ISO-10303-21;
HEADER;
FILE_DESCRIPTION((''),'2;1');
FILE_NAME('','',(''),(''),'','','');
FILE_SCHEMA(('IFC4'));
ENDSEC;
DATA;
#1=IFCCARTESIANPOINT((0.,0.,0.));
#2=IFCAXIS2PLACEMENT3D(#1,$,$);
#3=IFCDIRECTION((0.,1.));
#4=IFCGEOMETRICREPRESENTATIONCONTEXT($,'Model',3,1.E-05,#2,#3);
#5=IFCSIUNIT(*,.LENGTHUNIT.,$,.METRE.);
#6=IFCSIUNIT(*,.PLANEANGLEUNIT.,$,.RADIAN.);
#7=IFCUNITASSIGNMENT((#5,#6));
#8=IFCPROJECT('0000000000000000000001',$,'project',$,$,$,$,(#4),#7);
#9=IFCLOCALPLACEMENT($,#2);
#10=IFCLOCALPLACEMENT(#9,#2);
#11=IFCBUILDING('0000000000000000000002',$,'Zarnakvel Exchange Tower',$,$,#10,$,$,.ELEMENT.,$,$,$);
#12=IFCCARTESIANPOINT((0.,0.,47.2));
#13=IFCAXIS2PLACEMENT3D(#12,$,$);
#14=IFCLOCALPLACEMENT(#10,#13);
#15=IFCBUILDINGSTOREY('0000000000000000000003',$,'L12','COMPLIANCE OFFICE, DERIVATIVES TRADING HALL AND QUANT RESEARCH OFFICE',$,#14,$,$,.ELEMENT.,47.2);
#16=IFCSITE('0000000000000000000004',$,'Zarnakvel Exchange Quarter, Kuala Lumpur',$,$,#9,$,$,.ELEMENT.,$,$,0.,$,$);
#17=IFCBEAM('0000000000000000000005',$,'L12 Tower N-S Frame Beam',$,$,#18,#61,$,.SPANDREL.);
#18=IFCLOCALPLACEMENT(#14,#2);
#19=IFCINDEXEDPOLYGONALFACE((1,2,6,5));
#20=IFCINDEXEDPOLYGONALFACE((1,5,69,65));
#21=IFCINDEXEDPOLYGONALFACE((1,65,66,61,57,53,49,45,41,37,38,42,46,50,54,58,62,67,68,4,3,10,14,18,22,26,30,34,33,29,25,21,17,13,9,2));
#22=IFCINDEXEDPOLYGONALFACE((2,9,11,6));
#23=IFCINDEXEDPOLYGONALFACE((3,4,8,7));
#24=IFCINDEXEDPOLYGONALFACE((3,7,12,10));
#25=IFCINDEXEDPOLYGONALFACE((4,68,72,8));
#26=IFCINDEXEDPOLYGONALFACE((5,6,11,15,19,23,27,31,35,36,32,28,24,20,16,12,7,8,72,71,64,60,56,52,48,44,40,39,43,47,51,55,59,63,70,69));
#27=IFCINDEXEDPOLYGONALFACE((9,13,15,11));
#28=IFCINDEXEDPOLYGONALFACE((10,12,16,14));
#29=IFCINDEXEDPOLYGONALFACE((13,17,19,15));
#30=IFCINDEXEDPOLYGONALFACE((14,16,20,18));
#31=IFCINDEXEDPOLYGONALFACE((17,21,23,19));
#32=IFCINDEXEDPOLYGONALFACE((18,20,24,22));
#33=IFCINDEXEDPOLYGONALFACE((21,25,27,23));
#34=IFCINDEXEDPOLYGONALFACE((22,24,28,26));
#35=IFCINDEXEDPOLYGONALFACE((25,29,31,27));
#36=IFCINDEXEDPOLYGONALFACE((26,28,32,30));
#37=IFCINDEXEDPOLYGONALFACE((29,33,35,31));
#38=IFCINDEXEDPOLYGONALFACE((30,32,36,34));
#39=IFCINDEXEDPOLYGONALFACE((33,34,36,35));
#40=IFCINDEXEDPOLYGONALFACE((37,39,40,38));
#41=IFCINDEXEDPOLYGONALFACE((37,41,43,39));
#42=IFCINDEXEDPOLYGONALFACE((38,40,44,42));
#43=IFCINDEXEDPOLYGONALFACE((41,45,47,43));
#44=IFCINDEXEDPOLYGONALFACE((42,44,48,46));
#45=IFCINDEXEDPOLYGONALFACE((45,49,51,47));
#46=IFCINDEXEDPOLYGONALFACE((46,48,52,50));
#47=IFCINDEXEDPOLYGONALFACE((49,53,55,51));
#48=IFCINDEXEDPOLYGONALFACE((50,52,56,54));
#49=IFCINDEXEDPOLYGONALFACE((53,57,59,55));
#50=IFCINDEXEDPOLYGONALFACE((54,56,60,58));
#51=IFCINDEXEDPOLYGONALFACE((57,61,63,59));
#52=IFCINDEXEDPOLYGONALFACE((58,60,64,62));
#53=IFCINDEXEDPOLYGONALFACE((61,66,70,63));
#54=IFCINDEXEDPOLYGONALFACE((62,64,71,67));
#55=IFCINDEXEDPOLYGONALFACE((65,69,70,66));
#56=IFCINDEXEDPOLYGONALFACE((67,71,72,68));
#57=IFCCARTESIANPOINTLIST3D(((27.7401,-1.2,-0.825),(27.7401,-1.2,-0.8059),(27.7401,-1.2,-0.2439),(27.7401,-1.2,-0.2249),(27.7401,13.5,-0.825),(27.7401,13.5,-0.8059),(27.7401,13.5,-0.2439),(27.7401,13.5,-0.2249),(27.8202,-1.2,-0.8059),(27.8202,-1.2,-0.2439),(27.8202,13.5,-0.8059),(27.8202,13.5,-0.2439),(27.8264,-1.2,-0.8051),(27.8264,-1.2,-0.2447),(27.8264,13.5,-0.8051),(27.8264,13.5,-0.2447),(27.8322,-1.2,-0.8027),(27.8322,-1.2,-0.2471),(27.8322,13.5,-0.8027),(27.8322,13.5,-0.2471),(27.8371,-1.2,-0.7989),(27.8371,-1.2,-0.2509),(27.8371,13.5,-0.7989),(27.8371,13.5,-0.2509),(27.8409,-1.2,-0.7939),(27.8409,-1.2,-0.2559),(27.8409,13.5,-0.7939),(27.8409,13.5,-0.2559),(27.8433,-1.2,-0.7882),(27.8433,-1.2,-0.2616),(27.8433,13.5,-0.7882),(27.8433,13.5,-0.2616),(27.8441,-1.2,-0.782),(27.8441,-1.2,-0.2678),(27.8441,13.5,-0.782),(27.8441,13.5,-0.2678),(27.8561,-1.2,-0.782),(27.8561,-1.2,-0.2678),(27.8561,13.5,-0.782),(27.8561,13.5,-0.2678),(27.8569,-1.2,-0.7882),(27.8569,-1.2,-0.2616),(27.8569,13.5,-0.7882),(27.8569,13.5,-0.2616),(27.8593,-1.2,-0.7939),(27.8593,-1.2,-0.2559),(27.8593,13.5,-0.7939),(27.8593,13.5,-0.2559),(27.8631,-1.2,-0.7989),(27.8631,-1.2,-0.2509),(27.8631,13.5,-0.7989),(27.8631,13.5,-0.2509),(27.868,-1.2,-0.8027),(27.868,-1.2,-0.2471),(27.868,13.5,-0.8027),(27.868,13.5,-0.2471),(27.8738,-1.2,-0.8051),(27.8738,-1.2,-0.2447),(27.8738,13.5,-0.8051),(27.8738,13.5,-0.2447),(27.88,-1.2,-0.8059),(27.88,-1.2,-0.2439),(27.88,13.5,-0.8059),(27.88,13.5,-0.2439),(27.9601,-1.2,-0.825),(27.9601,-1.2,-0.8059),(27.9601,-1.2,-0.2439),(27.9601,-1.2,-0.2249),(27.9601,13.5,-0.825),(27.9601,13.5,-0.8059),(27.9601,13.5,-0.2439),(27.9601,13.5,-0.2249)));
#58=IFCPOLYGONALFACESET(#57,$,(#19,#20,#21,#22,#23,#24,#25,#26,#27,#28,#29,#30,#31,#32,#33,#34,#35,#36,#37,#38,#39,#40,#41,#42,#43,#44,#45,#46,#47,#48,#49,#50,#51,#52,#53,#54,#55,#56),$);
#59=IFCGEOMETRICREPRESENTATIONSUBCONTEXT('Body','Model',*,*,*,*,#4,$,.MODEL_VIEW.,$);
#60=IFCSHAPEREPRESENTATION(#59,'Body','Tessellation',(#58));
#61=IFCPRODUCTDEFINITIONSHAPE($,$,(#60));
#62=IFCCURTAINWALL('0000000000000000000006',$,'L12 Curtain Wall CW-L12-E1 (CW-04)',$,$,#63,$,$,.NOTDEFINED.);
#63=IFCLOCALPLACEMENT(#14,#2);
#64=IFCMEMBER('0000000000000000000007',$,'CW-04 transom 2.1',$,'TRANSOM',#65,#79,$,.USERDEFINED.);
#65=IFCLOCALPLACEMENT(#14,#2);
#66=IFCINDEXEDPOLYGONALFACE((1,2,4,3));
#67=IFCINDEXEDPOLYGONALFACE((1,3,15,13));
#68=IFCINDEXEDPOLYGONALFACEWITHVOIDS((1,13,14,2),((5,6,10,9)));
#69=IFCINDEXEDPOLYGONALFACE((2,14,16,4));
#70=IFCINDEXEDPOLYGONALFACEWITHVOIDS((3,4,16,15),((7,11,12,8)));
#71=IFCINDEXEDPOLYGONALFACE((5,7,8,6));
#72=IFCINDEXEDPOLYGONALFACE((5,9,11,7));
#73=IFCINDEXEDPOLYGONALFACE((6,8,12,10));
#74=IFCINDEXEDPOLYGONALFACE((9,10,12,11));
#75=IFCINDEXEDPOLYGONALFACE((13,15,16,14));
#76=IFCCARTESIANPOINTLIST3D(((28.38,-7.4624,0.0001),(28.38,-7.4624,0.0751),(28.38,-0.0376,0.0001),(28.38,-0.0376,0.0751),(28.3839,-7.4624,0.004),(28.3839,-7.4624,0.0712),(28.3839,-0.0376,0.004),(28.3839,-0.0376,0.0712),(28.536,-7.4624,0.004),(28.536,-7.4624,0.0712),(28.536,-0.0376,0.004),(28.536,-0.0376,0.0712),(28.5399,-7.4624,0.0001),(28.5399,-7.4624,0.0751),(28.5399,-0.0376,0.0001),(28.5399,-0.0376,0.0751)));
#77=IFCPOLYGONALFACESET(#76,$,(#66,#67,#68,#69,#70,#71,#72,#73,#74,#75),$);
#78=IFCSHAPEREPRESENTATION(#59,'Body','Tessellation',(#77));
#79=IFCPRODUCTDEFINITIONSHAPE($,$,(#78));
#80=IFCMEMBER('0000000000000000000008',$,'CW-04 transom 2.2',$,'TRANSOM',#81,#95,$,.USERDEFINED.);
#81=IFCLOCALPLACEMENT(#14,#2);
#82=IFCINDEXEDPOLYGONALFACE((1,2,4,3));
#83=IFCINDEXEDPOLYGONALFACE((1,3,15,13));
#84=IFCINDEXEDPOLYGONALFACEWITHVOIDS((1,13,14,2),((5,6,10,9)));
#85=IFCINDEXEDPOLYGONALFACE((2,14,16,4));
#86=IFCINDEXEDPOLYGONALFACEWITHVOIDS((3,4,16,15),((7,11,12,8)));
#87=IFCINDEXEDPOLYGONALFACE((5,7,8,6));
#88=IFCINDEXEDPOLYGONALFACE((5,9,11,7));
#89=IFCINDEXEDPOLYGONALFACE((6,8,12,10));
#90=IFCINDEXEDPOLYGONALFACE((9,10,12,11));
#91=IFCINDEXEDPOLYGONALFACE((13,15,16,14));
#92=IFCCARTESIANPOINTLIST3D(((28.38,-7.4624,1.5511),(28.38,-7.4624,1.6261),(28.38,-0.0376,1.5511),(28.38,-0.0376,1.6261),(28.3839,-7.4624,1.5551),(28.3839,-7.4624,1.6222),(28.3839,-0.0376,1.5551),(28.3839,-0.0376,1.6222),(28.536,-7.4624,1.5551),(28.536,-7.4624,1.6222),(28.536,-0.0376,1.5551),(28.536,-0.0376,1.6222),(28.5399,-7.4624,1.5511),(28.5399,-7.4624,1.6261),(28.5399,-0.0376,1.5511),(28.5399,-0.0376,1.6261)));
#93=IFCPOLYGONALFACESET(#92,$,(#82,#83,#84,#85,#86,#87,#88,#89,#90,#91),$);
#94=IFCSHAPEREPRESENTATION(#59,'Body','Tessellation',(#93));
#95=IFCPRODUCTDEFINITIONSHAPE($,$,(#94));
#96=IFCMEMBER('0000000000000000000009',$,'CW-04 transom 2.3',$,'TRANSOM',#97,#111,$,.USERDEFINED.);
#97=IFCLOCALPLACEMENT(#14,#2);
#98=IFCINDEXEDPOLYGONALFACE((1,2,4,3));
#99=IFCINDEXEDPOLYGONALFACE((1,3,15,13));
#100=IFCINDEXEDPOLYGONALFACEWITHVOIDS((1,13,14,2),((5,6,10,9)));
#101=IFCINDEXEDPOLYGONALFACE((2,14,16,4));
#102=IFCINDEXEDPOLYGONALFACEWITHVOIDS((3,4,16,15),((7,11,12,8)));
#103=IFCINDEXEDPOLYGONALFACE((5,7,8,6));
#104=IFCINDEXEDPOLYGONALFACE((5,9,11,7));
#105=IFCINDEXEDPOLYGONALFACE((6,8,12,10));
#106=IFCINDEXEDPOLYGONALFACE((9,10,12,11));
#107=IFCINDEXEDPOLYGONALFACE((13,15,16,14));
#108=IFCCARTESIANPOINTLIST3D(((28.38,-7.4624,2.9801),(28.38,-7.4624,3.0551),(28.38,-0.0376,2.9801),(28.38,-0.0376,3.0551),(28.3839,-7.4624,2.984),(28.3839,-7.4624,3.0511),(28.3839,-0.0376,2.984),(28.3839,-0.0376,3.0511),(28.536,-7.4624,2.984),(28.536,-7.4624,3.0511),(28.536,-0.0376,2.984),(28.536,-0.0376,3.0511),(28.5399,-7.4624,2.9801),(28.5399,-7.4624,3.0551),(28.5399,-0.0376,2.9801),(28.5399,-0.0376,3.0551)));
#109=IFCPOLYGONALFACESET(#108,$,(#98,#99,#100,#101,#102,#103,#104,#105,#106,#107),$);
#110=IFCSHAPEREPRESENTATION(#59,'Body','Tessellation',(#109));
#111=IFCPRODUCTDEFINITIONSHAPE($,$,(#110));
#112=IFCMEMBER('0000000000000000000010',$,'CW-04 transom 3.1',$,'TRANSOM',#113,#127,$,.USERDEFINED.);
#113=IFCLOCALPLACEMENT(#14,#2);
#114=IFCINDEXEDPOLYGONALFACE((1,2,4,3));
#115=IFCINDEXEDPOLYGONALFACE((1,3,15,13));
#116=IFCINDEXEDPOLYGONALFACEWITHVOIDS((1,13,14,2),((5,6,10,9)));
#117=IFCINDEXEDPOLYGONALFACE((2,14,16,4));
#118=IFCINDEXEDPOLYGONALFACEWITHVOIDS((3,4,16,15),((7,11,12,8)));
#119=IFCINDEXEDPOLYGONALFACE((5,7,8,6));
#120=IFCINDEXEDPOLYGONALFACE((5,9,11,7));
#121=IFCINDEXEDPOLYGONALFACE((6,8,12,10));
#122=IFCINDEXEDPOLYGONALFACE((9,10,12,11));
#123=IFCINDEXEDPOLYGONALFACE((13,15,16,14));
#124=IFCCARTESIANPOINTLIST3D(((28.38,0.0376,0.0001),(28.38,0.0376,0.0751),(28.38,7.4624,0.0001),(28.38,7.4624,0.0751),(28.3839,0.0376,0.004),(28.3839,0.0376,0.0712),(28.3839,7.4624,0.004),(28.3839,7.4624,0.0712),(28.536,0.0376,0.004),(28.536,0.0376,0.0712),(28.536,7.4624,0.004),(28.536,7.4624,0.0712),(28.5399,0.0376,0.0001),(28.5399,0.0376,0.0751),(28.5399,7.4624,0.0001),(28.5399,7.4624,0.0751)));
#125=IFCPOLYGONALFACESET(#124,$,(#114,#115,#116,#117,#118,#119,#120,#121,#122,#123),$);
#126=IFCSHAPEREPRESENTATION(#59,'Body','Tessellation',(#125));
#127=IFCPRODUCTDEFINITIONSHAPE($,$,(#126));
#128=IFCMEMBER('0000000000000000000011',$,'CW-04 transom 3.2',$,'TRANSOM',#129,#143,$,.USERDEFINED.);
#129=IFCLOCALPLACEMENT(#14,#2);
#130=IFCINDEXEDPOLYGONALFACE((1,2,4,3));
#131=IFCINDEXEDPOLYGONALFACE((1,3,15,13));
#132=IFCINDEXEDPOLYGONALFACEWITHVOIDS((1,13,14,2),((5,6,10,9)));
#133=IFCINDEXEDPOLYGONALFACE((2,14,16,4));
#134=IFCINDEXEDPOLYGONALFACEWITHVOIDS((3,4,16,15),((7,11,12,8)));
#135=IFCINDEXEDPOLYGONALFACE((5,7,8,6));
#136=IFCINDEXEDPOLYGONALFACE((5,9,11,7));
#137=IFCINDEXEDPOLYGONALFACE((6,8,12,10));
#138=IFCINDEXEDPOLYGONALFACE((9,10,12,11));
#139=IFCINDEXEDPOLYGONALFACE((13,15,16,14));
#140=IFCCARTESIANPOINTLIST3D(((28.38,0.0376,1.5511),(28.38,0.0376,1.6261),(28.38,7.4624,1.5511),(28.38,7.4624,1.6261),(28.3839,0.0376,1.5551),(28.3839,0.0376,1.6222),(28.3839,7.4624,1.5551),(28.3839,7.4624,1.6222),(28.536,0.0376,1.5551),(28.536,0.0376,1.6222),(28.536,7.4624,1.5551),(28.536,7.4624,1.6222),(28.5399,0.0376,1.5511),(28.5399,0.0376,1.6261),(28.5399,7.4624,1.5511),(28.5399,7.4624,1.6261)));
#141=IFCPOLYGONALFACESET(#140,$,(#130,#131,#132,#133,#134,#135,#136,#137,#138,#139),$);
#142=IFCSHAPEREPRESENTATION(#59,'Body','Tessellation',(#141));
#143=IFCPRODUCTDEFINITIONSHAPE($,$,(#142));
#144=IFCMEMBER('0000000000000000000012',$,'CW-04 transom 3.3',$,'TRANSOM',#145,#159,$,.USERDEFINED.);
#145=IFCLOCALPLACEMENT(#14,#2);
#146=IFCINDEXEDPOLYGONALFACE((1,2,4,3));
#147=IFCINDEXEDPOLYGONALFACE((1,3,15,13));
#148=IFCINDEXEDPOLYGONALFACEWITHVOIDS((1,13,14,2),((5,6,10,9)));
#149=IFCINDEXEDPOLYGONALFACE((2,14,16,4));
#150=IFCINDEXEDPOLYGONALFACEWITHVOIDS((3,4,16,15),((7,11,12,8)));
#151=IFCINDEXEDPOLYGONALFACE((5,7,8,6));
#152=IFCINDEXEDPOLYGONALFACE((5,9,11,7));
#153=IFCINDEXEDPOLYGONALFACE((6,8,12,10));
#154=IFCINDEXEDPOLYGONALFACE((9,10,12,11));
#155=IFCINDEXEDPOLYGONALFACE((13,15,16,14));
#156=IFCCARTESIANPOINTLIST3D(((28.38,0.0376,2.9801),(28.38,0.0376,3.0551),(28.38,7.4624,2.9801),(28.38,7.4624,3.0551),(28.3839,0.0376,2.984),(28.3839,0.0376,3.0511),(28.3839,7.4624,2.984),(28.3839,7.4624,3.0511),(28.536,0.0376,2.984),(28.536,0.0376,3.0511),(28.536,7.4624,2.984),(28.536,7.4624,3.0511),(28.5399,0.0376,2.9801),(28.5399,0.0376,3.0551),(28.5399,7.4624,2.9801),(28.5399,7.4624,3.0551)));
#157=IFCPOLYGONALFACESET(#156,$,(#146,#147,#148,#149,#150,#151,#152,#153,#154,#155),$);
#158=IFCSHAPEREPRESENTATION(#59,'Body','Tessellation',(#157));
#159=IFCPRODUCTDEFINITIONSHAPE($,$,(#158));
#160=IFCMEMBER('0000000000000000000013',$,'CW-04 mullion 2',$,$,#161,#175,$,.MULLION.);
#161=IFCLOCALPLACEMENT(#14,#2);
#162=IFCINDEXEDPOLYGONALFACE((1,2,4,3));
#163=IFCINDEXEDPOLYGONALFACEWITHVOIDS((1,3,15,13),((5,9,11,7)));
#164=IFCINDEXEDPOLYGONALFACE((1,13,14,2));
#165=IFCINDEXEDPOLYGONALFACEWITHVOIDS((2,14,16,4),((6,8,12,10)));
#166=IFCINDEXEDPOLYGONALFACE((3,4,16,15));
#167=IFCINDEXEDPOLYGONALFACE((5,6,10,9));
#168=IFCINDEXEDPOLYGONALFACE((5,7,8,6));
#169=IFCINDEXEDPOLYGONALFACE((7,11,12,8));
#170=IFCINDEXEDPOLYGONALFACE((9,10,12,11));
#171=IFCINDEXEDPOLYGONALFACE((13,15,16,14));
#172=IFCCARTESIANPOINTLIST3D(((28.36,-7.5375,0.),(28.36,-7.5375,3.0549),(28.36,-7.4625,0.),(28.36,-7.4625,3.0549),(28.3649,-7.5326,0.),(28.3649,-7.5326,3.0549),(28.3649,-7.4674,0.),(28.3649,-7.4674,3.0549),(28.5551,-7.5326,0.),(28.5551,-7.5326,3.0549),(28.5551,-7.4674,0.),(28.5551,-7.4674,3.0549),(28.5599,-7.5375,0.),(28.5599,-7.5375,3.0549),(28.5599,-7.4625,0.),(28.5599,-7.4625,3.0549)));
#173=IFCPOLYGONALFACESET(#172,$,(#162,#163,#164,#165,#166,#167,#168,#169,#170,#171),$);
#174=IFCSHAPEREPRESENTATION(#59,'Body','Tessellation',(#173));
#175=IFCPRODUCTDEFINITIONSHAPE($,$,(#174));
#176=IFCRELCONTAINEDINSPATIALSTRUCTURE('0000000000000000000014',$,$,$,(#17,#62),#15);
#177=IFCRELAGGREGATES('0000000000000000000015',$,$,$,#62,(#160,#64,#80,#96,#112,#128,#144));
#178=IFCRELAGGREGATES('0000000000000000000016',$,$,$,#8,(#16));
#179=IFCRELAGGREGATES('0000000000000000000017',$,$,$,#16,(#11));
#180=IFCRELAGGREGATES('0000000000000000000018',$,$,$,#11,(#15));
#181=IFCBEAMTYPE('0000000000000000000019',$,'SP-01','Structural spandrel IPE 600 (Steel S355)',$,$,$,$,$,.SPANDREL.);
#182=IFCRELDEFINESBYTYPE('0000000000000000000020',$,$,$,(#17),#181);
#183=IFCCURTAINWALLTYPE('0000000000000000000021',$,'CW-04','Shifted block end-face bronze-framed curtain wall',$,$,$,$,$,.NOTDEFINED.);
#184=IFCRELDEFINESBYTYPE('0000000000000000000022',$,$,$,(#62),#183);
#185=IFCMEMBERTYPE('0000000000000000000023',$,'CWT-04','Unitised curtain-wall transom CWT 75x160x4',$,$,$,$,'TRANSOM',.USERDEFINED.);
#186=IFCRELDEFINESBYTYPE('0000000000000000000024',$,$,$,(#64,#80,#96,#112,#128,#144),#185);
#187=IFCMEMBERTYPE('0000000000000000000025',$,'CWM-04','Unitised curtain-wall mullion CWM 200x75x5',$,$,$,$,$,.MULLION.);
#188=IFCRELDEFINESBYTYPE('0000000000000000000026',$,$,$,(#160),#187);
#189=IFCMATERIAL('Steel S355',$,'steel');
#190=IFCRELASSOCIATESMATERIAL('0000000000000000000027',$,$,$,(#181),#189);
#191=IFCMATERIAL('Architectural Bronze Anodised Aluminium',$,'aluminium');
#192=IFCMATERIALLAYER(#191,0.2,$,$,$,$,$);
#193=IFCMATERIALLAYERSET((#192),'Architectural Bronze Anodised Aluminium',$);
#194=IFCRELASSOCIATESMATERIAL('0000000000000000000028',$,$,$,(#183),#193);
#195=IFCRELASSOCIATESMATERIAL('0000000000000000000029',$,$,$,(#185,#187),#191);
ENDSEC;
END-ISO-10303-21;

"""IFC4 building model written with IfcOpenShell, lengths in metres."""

from ifc_helpers import new_model, si_unit, direction, frame, origin, origin_2d, place, context, subcontext, project, spatial, hollow_rectangle, i_section, extrude, source, transform, mapped, material, layer, layer_set, material_profile, profile_set, type_object, element, aggregate, save


model = new_model("IFC4")

# Units and contexts
model_context = context("Model", 3, precision=1e-05, world=origin(), true_north=direction((0.0, 1.0)))
body_context = subcontext(model_context, "Body", "Model", "MODEL_VIEW")
ifc_project = project(units=[si_unit("LENGTHUNIT", "METRE"), si_unit("PLANEANGLEUNIT", "RADIAN")], contexts=[model_context])

# Site, building, storey
site_placement = place(None, origin())
site = spatial("IfcSite", under=ifc_project, at=site_placement, Name="Zarnakvel Exchange Quarter, Kuala Lumpur", CompositionType="ELEMENT", RefElevation=0.0)
building_placement = place(site_placement, origin())
building = spatial("IfcBuilding", under=site, at=building_placement, Name="Zarnakvel Exchange Tower", CompositionType="ELEMENT")
storey_placement = place(building_placement, frame((0.0, 0.0, 47.2)))
storey = spatial("IfcBuildingStorey", under=building, at=storey_placement, Name="L12", Description="COMPLIANCE OFFICE, DERIVATIVES TRADING HALL AND QUANT RESEARCH OFFICE", CompositionType="ELEMENT", Elevation=47.2)

# Shared definitions
ifc_material_1 = material(Name="Steel S355", Category="steel")

# Beam
ifc_material_profile_1 = material_profile(ifc_material_1, i_section(OverallWidth=0.22, OverallDepth=0.6001, WebThickness=0.012, FlangeThickness=0.019, FilletRadius=0.0239, at=origin_2d()))
ifc_profile_set_1 = profile_set([ifc_material_profile_1], Name="Steel S355")
beam_type_1 = type_object("IfcBeamType", Name="SP-01", Description="Structural spandrel IPE 600 (Steel S355)", PredefinedType="SPANDREL", material=ifc_profile_set_1)
beam_1_placement = place(storey_placement, frame((27.8501, -1.2, -0.5249), z_axis=(0.0, 1.0, 0.0), x_axis=(-1.0, 0.0, 0.0)))
element("IfcBeam", 1, at=beam_1_placement, inside=storey, type_object=beam_type_1, Name="L12 Tower N-S Frame Beam", PredefinedType="SPANDREL", context=body_context, shape_type="SweptSolid", body=[
    extrude(i_section(OverallWidth=0.22, OverallDepth=0.6001, WebThickness=0.012, FlangeThickness=0.019, FilletRadius=0.0239, at=origin_2d()), origin(), (0.0, 0.0, 1.0), 14.7),
])

# Curtain wall, members
ifc_material_2 = material(Name="Architectural Bronze Anodised Aluminium", Category="aluminium")
ifc_layer_1 = layer(ifc_material_2, 0.2)
ifc_layer_set_1 = layer_set([ifc_layer_1], Name="Architectural Bronze Anodised Aluminium")
curtain_wall_type = type_object("IfcCurtainWallType", Name="CW-04", Description="Shifted block end-face bronze-framed curtain wall", PredefinedType="NOTDEFINED", material=ifc_layer_set_1)
curtain_wall_placement = place(storey_placement, origin())
curtain_wall = element("IfcCurtainWall", 2, at=curtain_wall_placement, inside=storey, type_object=curtain_wall_type, Name="L12 Curtain Wall CW-L12-E1 (CW-04)", PredefinedType="NOTDEFINED")
ifc_material_profile_2 = material_profile(ifc_material_2, hollow_rectangle(XDim=0.1599, YDim=0.075, WallThickness=0.0039, at=origin_2d()))
ifc_profile_set_2 = profile_set([ifc_material_profile_2], Name="Architectural Bronze Anodised Aluminium")
member_type_1 = type_object("IfcMemberType", Name="CWT-04", Description="Unitised curtain-wall transom CWT 75x160x4", ElementType="TRANSOM", PredefinedType="USERDEFINED", material=ifc_profile_set_2)
shared_shape_1 = source(origin(), body_context, "Body", "SweptSolid", [
    extrude(hollow_rectangle(XDim=0.1599, YDim=0.075, WallThickness=0.0039, at=origin_2d()), origin(), (0.0, 0.0, 1.0), 7.4248),
])
member_1_placement = place(storey_placement, frame((28.46, -7.4624, 0.0376), z_axis=(0.0, 1.0, 0.0), x_axis=(-1.0, 0.0, 0.0)))
member_1 = element("IfcMember", 3, at=member_1_placement, type_object=member_type_1, Name="CW-04 transom 2.1", ObjectType="TRANSOM", PredefinedType="USERDEFINED", context=body_context, shape_type="MappedRepresentation", body=[
    mapped(shared_shape_1, transform((0.0, 0.0, 0.0), x_axis=(1.0, 0.0, 0.0), y_axis=(0.0, 1.0, 0.0), z_axis=(0.0, 0.0, 1.0), scale=1.0)),
])
member_2_placement = place(storey_placement, frame((28.46, -7.4624, 1.5886), z_axis=(0.0, 1.0, 0.0), x_axis=(-1.0, 0.0, 0.0)))
member_2 = element("IfcMember", 4, at=member_2_placement, type_object=member_type_1, Name="CW-04 transom 2.2", ObjectType="TRANSOM", PredefinedType="USERDEFINED", context=body_context, shape_type="MappedRepresentation", body=[
    mapped(shared_shape_1, transform((0.0, 0.0, 0.0), x_axis=(1.0, 0.0, 0.0), y_axis=(0.0, 1.0, 0.0), z_axis=(0.0, 0.0, 1.0), scale=1.0)),
])
member_3_placement = place(storey_placement, frame((28.46, -7.4624, 3.0176), z_axis=(0.0, 1.0, 0.0), x_axis=(-1.0, 0.0, 0.0)))
member_3 = element("IfcMember", 5, at=member_3_placement, type_object=member_type_1, Name="CW-04 transom 2.3", ObjectType="TRANSOM", PredefinedType="USERDEFINED", context=body_context, shape_type="MappedRepresentation", body=[
    mapped(shared_shape_1, transform((0.0, 0.0, 0.0), x_axis=(1.0, 0.0, 0.0), y_axis=(0.0, 1.0, 0.0), z_axis=(0.0, 0.0, 1.0), scale=1.0)),
])
member_4_placement = place(storey_placement, frame((28.46, 0.0376, 0.0376), z_axis=(0.0, 1.0, 0.0), x_axis=(-1.0, 0.0, 0.0)))
member_4 = element("IfcMember", 6, at=member_4_placement, type_object=member_type_1, Name="CW-04 transom 3.1", ObjectType="TRANSOM", PredefinedType="USERDEFINED", context=body_context, shape_type="MappedRepresentation", body=[
    mapped(shared_shape_1, transform((0.0, 0.0, 0.0), x_axis=(1.0, 0.0, 0.0), y_axis=(0.0, 1.0, 0.0), z_axis=(0.0, 0.0, 1.0), scale=1.0)),
])
member_5_placement = place(storey_placement, frame((28.46, 0.0376, 1.5886), z_axis=(0.0, 1.0, 0.0), x_axis=(-1.0, 0.0, 0.0)))
member_5 = element("IfcMember", 7, at=member_5_placement, type_object=member_type_1, Name="CW-04 transom 3.2", ObjectType="TRANSOM", PredefinedType="USERDEFINED", context=body_context, shape_type="MappedRepresentation", body=[
    mapped(shared_shape_1, transform((0.0, 0.0, 0.0), x_axis=(1.0, 0.0, 0.0), y_axis=(0.0, 1.0, 0.0), z_axis=(0.0, 0.0, 1.0), scale=1.0)),
])
member_6_placement = place(storey_placement, frame((28.46, 0.0376, 3.0176), z_axis=(0.0, 1.0, 0.0), x_axis=(-1.0, 0.0, 0.0)))
member_6 = element("IfcMember", 8, at=member_6_placement, type_object=member_type_1, Name="CW-04 transom 3.3", ObjectType="TRANSOM", PredefinedType="USERDEFINED", context=body_context, shape_type="MappedRepresentation", body=[
    mapped(shared_shape_1, transform((0.0, 0.0, 0.0), x_axis=(1.0, 0.0, 0.0), y_axis=(0.0, 1.0, 0.0), z_axis=(0.0, 0.0, 1.0), scale=1.0)),
])
ifc_material_profile_3 = material_profile(ifc_material_2, hollow_rectangle(XDim=0.2, YDim=0.075, WallThickness=0.0049, at=origin_2d()))
ifc_profile_set_3 = profile_set([ifc_material_profile_3], Name="Architectural Bronze Anodised Aluminium")
member_type_2 = type_object("IfcMemberType", Name="CWM-04", Description="Unitised curtain-wall mullion CWM 200x75x5", PredefinedType="MULLION", material=ifc_profile_set_3)
shared_shape_2 = source(origin(), body_context, "Body", "SweptSolid", [
    extrude(hollow_rectangle(XDim=0.2, YDim=0.075, WallThickness=0.0049, at=origin_2d()), origin(), (0.0, 0.0, 1.0), 3.0549),
])
member_7_placement = place(storey_placement, frame((28.46, -7.5, 0.0), z_axis=(0.0, 0.0, 1.0), x_axis=(-1.0, 0.0, 0.0)))
member_7 = element("IfcMember", 9, at=member_7_placement, type_object=member_type_2, Name="CW-04 mullion 2", PredefinedType="MULLION", context=body_context, shape_type="MappedRepresentation", body=[
    mapped(shared_shape_2, transform((0.0, 0.0, 0.0), x_axis=(1.0, 0.0, 0.0), y_axis=(0.0, 1.0, 0.0), z_axis=(0.0, 0.0, 1.0), scale=1.0)),
])
aggregate(curtain_wall, [member_7, member_1, member_2, member_3, member_4, member_5, member_6])

save(model, "model.ifc")
